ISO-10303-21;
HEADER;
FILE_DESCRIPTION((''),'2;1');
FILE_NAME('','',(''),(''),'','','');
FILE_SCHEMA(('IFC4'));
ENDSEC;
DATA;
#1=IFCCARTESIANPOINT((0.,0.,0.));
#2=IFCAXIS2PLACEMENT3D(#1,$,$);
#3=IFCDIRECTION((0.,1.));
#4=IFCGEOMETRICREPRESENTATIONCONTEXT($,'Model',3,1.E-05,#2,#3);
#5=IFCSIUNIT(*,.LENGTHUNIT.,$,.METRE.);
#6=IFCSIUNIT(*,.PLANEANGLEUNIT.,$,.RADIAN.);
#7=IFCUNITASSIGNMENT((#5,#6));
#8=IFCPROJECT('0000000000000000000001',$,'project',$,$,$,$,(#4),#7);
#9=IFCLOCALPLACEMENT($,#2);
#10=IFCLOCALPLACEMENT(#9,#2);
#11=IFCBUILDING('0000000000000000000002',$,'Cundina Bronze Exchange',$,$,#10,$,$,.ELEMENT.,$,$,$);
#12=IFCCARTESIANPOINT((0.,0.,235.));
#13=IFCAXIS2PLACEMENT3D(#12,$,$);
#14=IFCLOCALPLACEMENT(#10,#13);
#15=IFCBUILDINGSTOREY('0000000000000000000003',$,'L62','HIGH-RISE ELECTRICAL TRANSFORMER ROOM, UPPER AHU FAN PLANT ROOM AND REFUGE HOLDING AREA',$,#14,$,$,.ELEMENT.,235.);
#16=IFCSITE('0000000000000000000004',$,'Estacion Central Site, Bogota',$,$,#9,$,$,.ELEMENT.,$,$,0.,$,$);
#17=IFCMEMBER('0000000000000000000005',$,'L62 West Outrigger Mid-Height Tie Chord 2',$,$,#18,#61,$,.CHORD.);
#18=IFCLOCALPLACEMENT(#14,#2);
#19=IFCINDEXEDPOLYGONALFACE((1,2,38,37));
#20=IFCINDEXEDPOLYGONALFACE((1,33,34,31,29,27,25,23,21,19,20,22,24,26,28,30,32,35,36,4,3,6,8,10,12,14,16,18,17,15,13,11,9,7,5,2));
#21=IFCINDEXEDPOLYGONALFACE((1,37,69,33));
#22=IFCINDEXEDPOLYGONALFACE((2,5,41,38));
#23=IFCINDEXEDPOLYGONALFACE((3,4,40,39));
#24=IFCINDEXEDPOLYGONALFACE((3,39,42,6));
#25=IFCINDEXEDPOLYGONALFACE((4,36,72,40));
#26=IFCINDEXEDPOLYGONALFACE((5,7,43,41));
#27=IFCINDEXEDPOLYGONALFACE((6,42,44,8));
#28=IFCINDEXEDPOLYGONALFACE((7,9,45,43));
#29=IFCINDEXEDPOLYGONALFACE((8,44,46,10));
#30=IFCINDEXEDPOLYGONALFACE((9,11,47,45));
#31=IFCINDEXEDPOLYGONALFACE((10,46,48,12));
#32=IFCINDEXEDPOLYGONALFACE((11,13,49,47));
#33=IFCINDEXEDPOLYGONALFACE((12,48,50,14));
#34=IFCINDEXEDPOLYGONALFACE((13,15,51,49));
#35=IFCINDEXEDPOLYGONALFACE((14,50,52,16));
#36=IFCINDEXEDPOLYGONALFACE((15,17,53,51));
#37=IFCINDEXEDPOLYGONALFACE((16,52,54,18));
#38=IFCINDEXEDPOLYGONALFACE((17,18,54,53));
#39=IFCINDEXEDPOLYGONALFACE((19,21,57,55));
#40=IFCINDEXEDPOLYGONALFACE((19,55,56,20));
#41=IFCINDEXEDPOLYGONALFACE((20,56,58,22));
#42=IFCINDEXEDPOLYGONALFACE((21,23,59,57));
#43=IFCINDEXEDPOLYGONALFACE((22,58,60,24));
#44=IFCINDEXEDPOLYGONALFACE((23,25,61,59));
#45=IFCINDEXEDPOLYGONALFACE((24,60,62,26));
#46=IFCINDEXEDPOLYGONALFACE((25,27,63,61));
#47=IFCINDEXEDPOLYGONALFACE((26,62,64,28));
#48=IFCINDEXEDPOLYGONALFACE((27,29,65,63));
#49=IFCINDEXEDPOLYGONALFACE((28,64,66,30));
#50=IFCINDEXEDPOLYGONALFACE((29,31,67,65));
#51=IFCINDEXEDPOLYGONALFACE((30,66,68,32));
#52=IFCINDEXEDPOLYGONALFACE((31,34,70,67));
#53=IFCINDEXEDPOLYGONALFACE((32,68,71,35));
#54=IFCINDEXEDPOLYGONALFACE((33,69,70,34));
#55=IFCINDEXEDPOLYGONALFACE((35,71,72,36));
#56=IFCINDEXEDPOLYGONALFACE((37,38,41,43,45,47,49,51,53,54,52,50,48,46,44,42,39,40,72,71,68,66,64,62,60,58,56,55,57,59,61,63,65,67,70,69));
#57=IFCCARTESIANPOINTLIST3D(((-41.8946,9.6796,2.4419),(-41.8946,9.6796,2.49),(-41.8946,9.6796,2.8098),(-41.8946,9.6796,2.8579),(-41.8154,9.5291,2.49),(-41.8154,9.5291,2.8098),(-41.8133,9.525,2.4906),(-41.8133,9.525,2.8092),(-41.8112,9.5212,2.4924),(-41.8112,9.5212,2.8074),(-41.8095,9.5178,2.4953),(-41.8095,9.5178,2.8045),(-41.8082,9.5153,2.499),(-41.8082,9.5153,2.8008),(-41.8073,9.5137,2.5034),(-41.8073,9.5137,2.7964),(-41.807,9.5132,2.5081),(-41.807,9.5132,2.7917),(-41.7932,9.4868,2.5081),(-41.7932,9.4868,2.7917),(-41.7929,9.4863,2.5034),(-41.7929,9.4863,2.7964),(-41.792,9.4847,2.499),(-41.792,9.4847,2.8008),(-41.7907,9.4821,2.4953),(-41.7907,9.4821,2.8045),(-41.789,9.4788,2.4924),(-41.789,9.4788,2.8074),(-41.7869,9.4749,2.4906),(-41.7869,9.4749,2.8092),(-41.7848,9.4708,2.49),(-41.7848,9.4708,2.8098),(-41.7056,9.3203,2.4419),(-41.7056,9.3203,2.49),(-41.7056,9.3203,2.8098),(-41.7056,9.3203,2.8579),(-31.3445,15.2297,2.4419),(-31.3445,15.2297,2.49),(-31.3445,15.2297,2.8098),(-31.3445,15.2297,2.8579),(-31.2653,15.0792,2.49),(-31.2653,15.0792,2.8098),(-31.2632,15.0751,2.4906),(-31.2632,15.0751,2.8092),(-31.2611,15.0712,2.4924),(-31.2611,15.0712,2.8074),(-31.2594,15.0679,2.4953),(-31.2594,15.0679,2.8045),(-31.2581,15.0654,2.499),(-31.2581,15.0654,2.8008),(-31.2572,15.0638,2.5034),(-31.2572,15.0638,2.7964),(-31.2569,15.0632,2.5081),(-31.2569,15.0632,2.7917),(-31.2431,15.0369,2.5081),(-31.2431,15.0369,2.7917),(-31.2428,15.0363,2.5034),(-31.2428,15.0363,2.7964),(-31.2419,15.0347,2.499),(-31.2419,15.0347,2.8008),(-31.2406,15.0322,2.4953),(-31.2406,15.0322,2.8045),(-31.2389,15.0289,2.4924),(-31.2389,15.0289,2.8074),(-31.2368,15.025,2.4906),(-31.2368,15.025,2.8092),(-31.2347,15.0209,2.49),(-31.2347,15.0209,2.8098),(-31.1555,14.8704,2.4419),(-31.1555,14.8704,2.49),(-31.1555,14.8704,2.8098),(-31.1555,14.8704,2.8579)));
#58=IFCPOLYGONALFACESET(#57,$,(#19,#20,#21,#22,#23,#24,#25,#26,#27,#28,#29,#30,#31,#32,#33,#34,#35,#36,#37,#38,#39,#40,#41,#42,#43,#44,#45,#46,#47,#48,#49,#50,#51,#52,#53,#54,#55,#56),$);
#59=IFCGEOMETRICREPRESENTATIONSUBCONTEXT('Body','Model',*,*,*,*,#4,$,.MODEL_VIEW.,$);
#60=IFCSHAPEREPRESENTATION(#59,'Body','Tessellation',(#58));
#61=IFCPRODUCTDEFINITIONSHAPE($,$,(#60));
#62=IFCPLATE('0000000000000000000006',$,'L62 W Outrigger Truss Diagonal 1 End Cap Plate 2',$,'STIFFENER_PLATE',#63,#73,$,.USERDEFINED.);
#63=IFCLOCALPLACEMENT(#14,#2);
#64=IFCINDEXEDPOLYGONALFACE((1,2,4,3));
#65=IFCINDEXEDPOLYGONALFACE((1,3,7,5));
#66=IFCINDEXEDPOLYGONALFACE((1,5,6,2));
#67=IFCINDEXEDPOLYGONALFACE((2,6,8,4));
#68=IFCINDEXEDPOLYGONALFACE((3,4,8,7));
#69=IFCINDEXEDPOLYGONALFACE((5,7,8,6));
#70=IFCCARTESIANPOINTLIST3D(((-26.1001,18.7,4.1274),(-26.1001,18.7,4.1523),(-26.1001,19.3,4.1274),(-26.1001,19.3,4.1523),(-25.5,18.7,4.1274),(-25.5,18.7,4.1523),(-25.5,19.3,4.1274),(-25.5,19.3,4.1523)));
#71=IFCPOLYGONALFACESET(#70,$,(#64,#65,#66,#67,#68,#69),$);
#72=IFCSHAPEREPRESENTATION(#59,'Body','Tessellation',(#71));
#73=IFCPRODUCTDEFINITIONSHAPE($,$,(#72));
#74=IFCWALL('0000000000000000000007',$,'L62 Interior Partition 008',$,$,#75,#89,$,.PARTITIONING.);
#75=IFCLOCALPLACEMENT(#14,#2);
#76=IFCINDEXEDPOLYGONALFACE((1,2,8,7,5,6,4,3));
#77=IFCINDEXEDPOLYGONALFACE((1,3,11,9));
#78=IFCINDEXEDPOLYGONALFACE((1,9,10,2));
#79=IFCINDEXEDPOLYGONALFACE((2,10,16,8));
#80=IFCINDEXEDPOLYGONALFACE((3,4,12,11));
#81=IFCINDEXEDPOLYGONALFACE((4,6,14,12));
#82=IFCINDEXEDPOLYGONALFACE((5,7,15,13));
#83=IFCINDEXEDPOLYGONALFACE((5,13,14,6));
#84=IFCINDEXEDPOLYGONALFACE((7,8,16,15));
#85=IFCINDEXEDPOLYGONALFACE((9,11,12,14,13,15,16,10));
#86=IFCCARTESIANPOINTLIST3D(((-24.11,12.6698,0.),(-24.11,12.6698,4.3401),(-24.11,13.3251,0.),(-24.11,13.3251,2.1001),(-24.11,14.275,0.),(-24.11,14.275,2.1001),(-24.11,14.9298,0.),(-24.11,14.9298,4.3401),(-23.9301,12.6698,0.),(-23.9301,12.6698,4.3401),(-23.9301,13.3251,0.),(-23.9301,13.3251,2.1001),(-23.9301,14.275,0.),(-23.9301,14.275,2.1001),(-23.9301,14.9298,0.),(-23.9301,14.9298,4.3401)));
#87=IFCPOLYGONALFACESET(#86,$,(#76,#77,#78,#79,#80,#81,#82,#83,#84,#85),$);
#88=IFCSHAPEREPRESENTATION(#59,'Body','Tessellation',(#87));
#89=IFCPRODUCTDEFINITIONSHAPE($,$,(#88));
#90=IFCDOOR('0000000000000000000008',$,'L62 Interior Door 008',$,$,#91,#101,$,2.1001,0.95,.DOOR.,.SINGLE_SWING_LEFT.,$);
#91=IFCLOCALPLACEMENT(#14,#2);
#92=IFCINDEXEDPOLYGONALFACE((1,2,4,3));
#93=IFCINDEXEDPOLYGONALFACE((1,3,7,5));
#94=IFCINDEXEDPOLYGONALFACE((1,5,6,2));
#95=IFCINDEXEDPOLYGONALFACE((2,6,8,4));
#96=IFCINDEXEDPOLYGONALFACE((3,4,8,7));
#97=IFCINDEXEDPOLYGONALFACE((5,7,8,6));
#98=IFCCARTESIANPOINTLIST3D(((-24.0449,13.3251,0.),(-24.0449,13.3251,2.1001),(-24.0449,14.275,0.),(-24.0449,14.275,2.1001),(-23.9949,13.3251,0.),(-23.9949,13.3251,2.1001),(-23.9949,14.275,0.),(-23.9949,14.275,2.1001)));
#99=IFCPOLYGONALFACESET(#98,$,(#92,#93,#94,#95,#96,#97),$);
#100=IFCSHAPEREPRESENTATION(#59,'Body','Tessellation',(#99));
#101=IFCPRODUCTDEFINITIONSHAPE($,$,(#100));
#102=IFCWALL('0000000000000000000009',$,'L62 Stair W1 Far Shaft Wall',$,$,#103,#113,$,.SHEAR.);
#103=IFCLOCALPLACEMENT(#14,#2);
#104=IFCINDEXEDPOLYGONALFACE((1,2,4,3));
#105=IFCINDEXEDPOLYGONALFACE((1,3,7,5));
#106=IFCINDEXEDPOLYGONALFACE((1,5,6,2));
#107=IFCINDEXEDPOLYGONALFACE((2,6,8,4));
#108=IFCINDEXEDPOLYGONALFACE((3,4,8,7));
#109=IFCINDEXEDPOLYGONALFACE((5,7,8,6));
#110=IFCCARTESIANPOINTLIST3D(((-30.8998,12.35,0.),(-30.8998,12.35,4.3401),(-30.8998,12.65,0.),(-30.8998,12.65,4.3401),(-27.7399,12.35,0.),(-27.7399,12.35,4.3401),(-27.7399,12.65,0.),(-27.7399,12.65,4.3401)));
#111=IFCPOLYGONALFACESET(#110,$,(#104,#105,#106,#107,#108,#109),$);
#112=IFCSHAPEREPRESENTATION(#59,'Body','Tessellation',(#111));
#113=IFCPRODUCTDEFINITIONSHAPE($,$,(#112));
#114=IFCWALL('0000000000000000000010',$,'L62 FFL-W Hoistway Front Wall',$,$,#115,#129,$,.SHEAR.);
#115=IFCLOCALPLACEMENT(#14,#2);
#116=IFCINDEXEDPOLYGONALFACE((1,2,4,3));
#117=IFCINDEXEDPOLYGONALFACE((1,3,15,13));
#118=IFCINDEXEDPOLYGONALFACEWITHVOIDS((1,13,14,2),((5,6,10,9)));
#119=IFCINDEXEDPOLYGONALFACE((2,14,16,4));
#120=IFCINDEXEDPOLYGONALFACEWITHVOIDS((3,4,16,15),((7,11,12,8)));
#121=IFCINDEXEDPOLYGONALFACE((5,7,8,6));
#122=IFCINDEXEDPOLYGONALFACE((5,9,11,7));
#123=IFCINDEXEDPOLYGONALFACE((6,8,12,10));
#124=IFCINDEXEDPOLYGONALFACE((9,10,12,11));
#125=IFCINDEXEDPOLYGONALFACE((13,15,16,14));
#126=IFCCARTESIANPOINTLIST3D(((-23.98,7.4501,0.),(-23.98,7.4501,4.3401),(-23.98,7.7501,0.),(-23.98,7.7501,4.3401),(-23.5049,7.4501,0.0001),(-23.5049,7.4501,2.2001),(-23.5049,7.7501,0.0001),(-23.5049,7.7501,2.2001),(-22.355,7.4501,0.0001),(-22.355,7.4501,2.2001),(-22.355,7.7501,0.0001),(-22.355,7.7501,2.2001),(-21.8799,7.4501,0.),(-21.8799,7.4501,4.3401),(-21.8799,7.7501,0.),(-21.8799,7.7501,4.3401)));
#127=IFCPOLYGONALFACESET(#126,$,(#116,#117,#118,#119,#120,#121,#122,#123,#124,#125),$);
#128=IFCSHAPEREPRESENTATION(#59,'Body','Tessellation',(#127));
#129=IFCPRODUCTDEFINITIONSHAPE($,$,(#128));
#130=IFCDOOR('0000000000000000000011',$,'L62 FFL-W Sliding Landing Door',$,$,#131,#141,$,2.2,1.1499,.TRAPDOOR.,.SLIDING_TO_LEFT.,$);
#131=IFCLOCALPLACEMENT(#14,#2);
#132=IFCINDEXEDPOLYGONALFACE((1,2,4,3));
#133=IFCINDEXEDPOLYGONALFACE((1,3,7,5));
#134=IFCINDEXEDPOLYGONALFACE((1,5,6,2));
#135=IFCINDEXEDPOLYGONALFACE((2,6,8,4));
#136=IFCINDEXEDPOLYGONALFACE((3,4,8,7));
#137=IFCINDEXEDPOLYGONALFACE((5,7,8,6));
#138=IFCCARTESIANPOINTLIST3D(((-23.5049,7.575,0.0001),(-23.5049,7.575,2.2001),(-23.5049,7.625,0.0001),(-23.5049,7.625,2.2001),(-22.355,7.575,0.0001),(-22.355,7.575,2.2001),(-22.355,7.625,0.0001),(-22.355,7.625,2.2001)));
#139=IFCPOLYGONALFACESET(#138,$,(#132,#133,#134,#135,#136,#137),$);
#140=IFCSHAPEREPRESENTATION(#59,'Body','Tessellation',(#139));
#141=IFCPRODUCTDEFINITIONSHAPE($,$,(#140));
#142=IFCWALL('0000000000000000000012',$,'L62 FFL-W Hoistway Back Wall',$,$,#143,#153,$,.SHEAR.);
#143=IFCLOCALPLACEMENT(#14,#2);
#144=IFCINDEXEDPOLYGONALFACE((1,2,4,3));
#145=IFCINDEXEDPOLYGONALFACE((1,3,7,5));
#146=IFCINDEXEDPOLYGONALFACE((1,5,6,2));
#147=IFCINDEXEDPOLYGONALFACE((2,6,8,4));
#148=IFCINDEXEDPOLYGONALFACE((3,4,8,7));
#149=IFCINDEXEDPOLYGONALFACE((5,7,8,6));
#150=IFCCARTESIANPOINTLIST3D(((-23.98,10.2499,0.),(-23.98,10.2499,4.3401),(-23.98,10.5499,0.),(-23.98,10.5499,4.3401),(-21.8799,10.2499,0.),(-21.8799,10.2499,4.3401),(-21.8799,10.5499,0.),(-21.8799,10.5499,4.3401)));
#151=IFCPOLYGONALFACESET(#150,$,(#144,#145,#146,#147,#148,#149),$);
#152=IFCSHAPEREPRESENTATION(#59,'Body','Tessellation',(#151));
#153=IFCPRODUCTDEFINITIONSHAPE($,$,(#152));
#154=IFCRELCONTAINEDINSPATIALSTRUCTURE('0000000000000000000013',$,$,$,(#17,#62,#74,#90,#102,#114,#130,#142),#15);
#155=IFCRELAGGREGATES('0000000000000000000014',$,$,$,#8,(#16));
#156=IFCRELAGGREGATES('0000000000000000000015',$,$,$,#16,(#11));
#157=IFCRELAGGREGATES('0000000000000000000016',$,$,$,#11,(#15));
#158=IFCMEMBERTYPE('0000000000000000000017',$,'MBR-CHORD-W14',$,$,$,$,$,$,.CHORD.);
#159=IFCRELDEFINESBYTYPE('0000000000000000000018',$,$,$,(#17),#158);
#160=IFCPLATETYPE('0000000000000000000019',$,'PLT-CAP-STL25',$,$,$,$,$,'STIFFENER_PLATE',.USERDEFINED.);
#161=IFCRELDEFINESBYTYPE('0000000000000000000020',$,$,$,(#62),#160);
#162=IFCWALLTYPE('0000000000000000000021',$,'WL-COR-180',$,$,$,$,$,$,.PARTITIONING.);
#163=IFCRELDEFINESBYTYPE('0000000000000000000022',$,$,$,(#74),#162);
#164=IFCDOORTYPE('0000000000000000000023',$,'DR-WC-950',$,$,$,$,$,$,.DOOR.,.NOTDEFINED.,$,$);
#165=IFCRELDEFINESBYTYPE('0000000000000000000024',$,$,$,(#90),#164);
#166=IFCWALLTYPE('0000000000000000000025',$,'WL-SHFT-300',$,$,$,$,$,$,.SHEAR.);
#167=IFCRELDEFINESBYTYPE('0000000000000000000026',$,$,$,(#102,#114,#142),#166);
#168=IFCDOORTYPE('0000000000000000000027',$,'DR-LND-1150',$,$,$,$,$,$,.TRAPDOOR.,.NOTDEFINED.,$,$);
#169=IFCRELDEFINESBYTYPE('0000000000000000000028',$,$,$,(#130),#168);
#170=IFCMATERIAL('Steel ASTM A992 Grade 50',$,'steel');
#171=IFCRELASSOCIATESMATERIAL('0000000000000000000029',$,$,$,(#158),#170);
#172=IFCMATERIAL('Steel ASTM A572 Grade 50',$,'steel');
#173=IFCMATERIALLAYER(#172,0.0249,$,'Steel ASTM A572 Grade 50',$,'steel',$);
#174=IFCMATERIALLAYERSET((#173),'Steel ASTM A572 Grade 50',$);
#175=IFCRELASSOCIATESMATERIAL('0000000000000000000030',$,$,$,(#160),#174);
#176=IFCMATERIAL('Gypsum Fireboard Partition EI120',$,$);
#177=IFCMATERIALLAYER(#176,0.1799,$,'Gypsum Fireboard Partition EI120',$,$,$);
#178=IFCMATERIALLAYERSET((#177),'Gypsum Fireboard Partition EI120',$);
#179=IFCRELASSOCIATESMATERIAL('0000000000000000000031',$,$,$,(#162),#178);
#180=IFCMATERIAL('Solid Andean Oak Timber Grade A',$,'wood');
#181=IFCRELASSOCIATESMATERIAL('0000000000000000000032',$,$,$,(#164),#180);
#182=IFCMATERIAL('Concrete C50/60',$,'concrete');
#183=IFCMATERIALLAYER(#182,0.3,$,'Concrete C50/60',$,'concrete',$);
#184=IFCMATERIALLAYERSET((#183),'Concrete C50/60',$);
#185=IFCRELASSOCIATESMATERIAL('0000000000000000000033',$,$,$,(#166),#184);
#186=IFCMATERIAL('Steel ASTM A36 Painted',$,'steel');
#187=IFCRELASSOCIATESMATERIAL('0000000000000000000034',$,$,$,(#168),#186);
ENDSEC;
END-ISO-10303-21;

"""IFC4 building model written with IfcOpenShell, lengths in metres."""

from ifc_helpers import new_model, si_unit, direction, frame, frame_2d, origin, origin_2d, place, context, subcontext, project, spatial, rectangle, i_section, extrude, material, layer, layer_set, material_profile, profile_set, type_object, element, fill, save


model = new_model("IFC4")

# Units and contexts
model_context = context("Model", 3, precision=1e-05, world=origin(), true_north=direction((0.0, 1.0)))
body_context = subcontext(model_context, "Body", "Model", "MODEL_VIEW")
ifc_project = project(units=[si_unit("LENGTHUNIT", "METRE"), si_unit("PLANEANGLEUNIT", "RADIAN")], contexts=[model_context])

# Site, building, storey
site_placement = place(None, origin())
site = spatial("IfcSite", under=ifc_project, at=site_placement, Name="Estacion Central Site, Bogota", CompositionType="ELEMENT", RefElevation=0.0)
building_placement = place(site_placement, origin())
building = spatial("IfcBuilding", under=site, at=building_placement, Name="Cundina Bronze Exchange", CompositionType="ELEMENT")
storey_placement = place(building_placement, frame((0.0, 0.0, 235.0)))
storey = spatial("IfcBuildingStorey", under=building, at=storey_placement, Name="L62", Description="HIGH-RISE ELECTRICAL TRANSFORMER ROOM, UPPER AHU FAN PLANT ROOM AND REFUGE HOLDING AREA", CompositionType="ELEMENT", Elevation=235.0)

# Shared definitions
ifc_material_1 = material(Name="Concrete C50/60", Category="concrete")

# Shared definitions
ifc_material_2 = material(Name="Steel ASTM A992 Grade 50", Category="steel")

# Member
ifc_material_profile_1 = material_profile(ifc_material_2, i_section(OverallWidth=0.406, OverallDepth=0.416, WebThickness=0.0298, FlangeThickness=0.0481, FilletRadius=0.0181, at=origin_2d()), Name="W14X257", Category="steel")
ifc_profile_set_1 = profile_set([ifc_material_profile_1], Name="Steel ASTM A992 Grade 50")
member_type = type_object("IfcMemberType", Name="MBR-CHORD-W14", PredefinedType="CHORD", material=ifc_profile_set_1)
member_placement = place(storey_placement, frame((-31.25, 15.05, 2.6499), z_axis=(-0.885008, -0.465575, 0.0), x_axis=(0.465575, -0.885008, 0.0)))
element("IfcMember", 1, at=member_placement, inside=storey, type_object=member_type, Name="L62 West Outrigger Mid-Height Tie Chord 2", PredefinedType="CHORD", context=body_context, shape_type="SweptSolid", body=[
    extrude(i_section(OverallWidth=0.406, OverallDepth=0.416, WebThickness=0.0298, FlangeThickness=0.0481, FilletRadius=0.0181, at=origin_2d()), origin(), (0.0, 0.0, 1.0), 11.9209),
])

# Plate
ifc_material_3 = material(Name="Steel ASTM A572 Grade 50", Category="steel")
ifc_layer_1 = layer(ifc_material_3, 0.0249, Name="Steel ASTM A572 Grade 50", Category="steel")
ifc_layer_set_1 = layer_set([ifc_layer_1], Name="Steel ASTM A572 Grade 50")
plate_type = type_object("IfcPlateType", Name="PLT-CAP-STL25", ElementType="STIFFENER_PLATE", PredefinedType="USERDEFINED", material=ifc_layer_set_1)
plate_placement = place(storey_placement, frame((-25.8, 19.0, 4.1274), z_axis=(0.0, 0.0, 1.0), x_axis=(1.0, 0.0, 0.0)))
element("IfcPlate", 2, at=plate_placement, inside=storey, type_object=plate_type, Name="L62 W Outrigger Truss Diagonal 1 End Cap Plate 2", ObjectType="STIFFENER_PLATE", PredefinedType="USERDEFINED", context=body_context, shape_type="SweptSolid", body=[
    extrude(rectangle(XDim=0.6001, YDim=0.6001, at=origin_2d()), origin(), (0.0, 0.0, 1.0), 0.0249),
])

# Wall, opening, door
ifc_material_4 = material(Name="Gypsum Fireboard Partition EI120")
ifc_layer_2 = layer(ifc_material_4, 0.1799, Name="Gypsum Fireboard Partition EI120")
ifc_layer_set_2 = layer_set([ifc_layer_2], Name="Gypsum Fireboard Partition EI120")
wall_type_1 = type_object("IfcWallType", Name="WL-COR-180", PredefinedType="PARTITIONING", material=ifc_layer_set_2)
wall_1_placement = place(storey_placement, frame((-24.02, 12.6699, 0.0), z_axis=(0.0, 0.0, 1.0), x_axis=(0.0, 1.0, 0.0)))
wall_1 = element("IfcWall", 3, at=wall_1_placement, inside=storey, type_object=wall_type_1, Name="L62 Interior Partition 008", PredefinedType="PARTITIONING", context=body_context, shape_type="SweptSolid", body=[
    extrude(rectangle(XDim=2.26, YDim=0.1799, at=frame_2d((1.1299, 0.0))), origin(), (0.0, 0.0, 1.0), 4.3401),
])
opening_1_placement = place(wall_1_placement, frame((0.655, 0.0, 0.0)))
opening_1 = element("IfcOpeningElement", 4, at=opening_1_placement, cuts=wall_1, PredefinedType="OPENING", context=body_context, shape_type="SweptSolid", body=[
    extrude(rectangle(XDim=0.95, YDim=2.1001, at=frame_2d((0.4751, 1.05))), frame((0.0, 0.0999, 0.0), z_axis=(0.0, -1.0, 0.0), x_axis=(1.0, 0.0, 0.0)), (0.0, 0.0, 1.0), 0.2),
])
ifc_material_5 = material(Name="Solid Andean Oak Timber Grade A", Category="wood")
door_type_1 = type_object("IfcDoorType", Name="DR-WC-950", OperationType="NOTDEFINED", PredefinedType="DOOR", material=ifc_material_5)
door_1_placement = place(opening_1_placement, origin())
door_1 = element("IfcDoor", 5, at=door_1_placement, inside=storey, type_object=door_type_1, Name="L62 Interior Door 008", OperationType="SINGLE_SWING_LEFT", OverallHeight=2.1001, OverallWidth=0.95, PredefinedType="DOOR", context=body_context, shape_type="SweptSolid", body=[
    extrude(rectangle(XDim=0.95, YDim=2.1001, at=frame_2d((0.4751, 1.05))), frame((0.0, 0.0249, 0.0), z_axis=(0.0, -1.0, 0.0), x_axis=(1.0, 0.0, 0.0)), (0.0, 0.0, 1.0), 0.05),
])
fill(opening_1, door_1)

# Wall
ifc_layer_3 = layer(ifc_material_1, 0.3, Name="Concrete C50/60", Category="concrete")
ifc_layer_set_3 = layer_set([ifc_layer_3], Name="Concrete C50/60")
wall_type_2 = type_object("IfcWallType", Name="WL-SHFT-300", PredefinedType="SHEAR", material=ifc_layer_set_3)
wall_2_placement = place(storey_placement, frame((-30.8999, 12.5, 0.0), z_axis=(0.0, 0.0, 1.0), x_axis=(1.0, 0.0, 0.0)))
element("IfcWall", 6, at=wall_2_placement, inside=storey, type_object=wall_type_2, Name="L62 Stair W1 Far Shaft Wall", PredefinedType="SHEAR", context=body_context, shape_type="SweptSolid", body=[
    extrude(rectangle(XDim=3.1599, YDim=0.3, at=frame_2d((1.5801, 0.0))), origin(), (0.0, 0.0, 1.0), 4.3401),
])

# Wall, opening, door
ifc_material_6 = material(Name="Steel ASTM A36 Painted", Category="steel")
wall_3_placement = place(storey_placement, frame((-23.98, 7.6001, 0.0), z_axis=(0.0, 0.0, 1.0), x_axis=(1.0, 0.0, 0.0)))
wall_3 = element("IfcWall", 7, at=wall_3_placement, inside=storey, type_object=wall_type_2, Name="L62 FFL-W Hoistway Front Wall", PredefinedType="SHEAR", context=body_context, shape_type="SweptSolid", body=[
    extrude(rectangle(XDim=2.1001, YDim=0.3, at=frame_2d((1.05, 0.0))), origin(), (0.0, 0.0, 1.0), 4.3401),
])
opening_2_placement = place(wall_3_placement, frame((0.4751, 0.0, 0.0)))
opening_2 = element("IfcOpeningElement", 8, at=opening_2_placement, cuts=wall_3, PredefinedType="OPENING", context=body_context, shape_type="SweptSolid", body=[
    extrude(rectangle(XDim=1.1499, YDim=2.2, at=frame_2d((0.575, 1.1001))), frame((0.0, 0.1599, 0.0), z_axis=(0.0, -1.0, 0.0), x_axis=(1.0, 0.0, 0.0)), (0.0, 0.0, 1.0), 0.3201),
])
door_type_2 = type_object("IfcDoorType", Name="DR-LND-1150", OperationType="NOTDEFINED", PredefinedType="TRAPDOOR", material=ifc_material_6)
door_2_placement = place(opening_2_placement, origin())
door_2 = element("IfcDoor", 9, at=door_2_placement, inside=storey, type_object=door_type_2, Name="L62 FFL-W Sliding Landing Door", OperationType="SLIDING_TO_LEFT", OverallHeight=2.2, OverallWidth=1.1499, PredefinedType="TRAPDOOR", context=body_context, shape_type="SweptSolid", body=[
    extrude(rectangle(XDim=1.1499, YDim=2.2, at=frame_2d((0.575, 1.1001))), frame((0.0, 0.0249, 0.0), z_axis=(0.0, -1.0, 0.0), x_axis=(1.0, 0.0, 0.0)), (0.0, 0.0, 1.0), 0.05),
])
fill(opening_2, door_2)

# Wall
wall_4_placement = place(storey_placement, frame((-23.98, 10.3999, 0.0), z_axis=(0.0, 0.0, 1.0), x_axis=(1.0, 0.0, 0.0)))
element("IfcWall", 10, at=wall_4_placement, inside=storey, type_object=wall_type_2, Name="L62 FFL-W Hoistway Back Wall", PredefinedType="SHEAR", context=body_context, shape_type="SweptSolid", body=[
    extrude(rectangle(XDim=2.1001, YDim=0.3, at=frame_2d((1.05, 0.0))), origin(), (0.0, 0.0, 1.0), 4.3401),
])

save(model, "model.ifc")
